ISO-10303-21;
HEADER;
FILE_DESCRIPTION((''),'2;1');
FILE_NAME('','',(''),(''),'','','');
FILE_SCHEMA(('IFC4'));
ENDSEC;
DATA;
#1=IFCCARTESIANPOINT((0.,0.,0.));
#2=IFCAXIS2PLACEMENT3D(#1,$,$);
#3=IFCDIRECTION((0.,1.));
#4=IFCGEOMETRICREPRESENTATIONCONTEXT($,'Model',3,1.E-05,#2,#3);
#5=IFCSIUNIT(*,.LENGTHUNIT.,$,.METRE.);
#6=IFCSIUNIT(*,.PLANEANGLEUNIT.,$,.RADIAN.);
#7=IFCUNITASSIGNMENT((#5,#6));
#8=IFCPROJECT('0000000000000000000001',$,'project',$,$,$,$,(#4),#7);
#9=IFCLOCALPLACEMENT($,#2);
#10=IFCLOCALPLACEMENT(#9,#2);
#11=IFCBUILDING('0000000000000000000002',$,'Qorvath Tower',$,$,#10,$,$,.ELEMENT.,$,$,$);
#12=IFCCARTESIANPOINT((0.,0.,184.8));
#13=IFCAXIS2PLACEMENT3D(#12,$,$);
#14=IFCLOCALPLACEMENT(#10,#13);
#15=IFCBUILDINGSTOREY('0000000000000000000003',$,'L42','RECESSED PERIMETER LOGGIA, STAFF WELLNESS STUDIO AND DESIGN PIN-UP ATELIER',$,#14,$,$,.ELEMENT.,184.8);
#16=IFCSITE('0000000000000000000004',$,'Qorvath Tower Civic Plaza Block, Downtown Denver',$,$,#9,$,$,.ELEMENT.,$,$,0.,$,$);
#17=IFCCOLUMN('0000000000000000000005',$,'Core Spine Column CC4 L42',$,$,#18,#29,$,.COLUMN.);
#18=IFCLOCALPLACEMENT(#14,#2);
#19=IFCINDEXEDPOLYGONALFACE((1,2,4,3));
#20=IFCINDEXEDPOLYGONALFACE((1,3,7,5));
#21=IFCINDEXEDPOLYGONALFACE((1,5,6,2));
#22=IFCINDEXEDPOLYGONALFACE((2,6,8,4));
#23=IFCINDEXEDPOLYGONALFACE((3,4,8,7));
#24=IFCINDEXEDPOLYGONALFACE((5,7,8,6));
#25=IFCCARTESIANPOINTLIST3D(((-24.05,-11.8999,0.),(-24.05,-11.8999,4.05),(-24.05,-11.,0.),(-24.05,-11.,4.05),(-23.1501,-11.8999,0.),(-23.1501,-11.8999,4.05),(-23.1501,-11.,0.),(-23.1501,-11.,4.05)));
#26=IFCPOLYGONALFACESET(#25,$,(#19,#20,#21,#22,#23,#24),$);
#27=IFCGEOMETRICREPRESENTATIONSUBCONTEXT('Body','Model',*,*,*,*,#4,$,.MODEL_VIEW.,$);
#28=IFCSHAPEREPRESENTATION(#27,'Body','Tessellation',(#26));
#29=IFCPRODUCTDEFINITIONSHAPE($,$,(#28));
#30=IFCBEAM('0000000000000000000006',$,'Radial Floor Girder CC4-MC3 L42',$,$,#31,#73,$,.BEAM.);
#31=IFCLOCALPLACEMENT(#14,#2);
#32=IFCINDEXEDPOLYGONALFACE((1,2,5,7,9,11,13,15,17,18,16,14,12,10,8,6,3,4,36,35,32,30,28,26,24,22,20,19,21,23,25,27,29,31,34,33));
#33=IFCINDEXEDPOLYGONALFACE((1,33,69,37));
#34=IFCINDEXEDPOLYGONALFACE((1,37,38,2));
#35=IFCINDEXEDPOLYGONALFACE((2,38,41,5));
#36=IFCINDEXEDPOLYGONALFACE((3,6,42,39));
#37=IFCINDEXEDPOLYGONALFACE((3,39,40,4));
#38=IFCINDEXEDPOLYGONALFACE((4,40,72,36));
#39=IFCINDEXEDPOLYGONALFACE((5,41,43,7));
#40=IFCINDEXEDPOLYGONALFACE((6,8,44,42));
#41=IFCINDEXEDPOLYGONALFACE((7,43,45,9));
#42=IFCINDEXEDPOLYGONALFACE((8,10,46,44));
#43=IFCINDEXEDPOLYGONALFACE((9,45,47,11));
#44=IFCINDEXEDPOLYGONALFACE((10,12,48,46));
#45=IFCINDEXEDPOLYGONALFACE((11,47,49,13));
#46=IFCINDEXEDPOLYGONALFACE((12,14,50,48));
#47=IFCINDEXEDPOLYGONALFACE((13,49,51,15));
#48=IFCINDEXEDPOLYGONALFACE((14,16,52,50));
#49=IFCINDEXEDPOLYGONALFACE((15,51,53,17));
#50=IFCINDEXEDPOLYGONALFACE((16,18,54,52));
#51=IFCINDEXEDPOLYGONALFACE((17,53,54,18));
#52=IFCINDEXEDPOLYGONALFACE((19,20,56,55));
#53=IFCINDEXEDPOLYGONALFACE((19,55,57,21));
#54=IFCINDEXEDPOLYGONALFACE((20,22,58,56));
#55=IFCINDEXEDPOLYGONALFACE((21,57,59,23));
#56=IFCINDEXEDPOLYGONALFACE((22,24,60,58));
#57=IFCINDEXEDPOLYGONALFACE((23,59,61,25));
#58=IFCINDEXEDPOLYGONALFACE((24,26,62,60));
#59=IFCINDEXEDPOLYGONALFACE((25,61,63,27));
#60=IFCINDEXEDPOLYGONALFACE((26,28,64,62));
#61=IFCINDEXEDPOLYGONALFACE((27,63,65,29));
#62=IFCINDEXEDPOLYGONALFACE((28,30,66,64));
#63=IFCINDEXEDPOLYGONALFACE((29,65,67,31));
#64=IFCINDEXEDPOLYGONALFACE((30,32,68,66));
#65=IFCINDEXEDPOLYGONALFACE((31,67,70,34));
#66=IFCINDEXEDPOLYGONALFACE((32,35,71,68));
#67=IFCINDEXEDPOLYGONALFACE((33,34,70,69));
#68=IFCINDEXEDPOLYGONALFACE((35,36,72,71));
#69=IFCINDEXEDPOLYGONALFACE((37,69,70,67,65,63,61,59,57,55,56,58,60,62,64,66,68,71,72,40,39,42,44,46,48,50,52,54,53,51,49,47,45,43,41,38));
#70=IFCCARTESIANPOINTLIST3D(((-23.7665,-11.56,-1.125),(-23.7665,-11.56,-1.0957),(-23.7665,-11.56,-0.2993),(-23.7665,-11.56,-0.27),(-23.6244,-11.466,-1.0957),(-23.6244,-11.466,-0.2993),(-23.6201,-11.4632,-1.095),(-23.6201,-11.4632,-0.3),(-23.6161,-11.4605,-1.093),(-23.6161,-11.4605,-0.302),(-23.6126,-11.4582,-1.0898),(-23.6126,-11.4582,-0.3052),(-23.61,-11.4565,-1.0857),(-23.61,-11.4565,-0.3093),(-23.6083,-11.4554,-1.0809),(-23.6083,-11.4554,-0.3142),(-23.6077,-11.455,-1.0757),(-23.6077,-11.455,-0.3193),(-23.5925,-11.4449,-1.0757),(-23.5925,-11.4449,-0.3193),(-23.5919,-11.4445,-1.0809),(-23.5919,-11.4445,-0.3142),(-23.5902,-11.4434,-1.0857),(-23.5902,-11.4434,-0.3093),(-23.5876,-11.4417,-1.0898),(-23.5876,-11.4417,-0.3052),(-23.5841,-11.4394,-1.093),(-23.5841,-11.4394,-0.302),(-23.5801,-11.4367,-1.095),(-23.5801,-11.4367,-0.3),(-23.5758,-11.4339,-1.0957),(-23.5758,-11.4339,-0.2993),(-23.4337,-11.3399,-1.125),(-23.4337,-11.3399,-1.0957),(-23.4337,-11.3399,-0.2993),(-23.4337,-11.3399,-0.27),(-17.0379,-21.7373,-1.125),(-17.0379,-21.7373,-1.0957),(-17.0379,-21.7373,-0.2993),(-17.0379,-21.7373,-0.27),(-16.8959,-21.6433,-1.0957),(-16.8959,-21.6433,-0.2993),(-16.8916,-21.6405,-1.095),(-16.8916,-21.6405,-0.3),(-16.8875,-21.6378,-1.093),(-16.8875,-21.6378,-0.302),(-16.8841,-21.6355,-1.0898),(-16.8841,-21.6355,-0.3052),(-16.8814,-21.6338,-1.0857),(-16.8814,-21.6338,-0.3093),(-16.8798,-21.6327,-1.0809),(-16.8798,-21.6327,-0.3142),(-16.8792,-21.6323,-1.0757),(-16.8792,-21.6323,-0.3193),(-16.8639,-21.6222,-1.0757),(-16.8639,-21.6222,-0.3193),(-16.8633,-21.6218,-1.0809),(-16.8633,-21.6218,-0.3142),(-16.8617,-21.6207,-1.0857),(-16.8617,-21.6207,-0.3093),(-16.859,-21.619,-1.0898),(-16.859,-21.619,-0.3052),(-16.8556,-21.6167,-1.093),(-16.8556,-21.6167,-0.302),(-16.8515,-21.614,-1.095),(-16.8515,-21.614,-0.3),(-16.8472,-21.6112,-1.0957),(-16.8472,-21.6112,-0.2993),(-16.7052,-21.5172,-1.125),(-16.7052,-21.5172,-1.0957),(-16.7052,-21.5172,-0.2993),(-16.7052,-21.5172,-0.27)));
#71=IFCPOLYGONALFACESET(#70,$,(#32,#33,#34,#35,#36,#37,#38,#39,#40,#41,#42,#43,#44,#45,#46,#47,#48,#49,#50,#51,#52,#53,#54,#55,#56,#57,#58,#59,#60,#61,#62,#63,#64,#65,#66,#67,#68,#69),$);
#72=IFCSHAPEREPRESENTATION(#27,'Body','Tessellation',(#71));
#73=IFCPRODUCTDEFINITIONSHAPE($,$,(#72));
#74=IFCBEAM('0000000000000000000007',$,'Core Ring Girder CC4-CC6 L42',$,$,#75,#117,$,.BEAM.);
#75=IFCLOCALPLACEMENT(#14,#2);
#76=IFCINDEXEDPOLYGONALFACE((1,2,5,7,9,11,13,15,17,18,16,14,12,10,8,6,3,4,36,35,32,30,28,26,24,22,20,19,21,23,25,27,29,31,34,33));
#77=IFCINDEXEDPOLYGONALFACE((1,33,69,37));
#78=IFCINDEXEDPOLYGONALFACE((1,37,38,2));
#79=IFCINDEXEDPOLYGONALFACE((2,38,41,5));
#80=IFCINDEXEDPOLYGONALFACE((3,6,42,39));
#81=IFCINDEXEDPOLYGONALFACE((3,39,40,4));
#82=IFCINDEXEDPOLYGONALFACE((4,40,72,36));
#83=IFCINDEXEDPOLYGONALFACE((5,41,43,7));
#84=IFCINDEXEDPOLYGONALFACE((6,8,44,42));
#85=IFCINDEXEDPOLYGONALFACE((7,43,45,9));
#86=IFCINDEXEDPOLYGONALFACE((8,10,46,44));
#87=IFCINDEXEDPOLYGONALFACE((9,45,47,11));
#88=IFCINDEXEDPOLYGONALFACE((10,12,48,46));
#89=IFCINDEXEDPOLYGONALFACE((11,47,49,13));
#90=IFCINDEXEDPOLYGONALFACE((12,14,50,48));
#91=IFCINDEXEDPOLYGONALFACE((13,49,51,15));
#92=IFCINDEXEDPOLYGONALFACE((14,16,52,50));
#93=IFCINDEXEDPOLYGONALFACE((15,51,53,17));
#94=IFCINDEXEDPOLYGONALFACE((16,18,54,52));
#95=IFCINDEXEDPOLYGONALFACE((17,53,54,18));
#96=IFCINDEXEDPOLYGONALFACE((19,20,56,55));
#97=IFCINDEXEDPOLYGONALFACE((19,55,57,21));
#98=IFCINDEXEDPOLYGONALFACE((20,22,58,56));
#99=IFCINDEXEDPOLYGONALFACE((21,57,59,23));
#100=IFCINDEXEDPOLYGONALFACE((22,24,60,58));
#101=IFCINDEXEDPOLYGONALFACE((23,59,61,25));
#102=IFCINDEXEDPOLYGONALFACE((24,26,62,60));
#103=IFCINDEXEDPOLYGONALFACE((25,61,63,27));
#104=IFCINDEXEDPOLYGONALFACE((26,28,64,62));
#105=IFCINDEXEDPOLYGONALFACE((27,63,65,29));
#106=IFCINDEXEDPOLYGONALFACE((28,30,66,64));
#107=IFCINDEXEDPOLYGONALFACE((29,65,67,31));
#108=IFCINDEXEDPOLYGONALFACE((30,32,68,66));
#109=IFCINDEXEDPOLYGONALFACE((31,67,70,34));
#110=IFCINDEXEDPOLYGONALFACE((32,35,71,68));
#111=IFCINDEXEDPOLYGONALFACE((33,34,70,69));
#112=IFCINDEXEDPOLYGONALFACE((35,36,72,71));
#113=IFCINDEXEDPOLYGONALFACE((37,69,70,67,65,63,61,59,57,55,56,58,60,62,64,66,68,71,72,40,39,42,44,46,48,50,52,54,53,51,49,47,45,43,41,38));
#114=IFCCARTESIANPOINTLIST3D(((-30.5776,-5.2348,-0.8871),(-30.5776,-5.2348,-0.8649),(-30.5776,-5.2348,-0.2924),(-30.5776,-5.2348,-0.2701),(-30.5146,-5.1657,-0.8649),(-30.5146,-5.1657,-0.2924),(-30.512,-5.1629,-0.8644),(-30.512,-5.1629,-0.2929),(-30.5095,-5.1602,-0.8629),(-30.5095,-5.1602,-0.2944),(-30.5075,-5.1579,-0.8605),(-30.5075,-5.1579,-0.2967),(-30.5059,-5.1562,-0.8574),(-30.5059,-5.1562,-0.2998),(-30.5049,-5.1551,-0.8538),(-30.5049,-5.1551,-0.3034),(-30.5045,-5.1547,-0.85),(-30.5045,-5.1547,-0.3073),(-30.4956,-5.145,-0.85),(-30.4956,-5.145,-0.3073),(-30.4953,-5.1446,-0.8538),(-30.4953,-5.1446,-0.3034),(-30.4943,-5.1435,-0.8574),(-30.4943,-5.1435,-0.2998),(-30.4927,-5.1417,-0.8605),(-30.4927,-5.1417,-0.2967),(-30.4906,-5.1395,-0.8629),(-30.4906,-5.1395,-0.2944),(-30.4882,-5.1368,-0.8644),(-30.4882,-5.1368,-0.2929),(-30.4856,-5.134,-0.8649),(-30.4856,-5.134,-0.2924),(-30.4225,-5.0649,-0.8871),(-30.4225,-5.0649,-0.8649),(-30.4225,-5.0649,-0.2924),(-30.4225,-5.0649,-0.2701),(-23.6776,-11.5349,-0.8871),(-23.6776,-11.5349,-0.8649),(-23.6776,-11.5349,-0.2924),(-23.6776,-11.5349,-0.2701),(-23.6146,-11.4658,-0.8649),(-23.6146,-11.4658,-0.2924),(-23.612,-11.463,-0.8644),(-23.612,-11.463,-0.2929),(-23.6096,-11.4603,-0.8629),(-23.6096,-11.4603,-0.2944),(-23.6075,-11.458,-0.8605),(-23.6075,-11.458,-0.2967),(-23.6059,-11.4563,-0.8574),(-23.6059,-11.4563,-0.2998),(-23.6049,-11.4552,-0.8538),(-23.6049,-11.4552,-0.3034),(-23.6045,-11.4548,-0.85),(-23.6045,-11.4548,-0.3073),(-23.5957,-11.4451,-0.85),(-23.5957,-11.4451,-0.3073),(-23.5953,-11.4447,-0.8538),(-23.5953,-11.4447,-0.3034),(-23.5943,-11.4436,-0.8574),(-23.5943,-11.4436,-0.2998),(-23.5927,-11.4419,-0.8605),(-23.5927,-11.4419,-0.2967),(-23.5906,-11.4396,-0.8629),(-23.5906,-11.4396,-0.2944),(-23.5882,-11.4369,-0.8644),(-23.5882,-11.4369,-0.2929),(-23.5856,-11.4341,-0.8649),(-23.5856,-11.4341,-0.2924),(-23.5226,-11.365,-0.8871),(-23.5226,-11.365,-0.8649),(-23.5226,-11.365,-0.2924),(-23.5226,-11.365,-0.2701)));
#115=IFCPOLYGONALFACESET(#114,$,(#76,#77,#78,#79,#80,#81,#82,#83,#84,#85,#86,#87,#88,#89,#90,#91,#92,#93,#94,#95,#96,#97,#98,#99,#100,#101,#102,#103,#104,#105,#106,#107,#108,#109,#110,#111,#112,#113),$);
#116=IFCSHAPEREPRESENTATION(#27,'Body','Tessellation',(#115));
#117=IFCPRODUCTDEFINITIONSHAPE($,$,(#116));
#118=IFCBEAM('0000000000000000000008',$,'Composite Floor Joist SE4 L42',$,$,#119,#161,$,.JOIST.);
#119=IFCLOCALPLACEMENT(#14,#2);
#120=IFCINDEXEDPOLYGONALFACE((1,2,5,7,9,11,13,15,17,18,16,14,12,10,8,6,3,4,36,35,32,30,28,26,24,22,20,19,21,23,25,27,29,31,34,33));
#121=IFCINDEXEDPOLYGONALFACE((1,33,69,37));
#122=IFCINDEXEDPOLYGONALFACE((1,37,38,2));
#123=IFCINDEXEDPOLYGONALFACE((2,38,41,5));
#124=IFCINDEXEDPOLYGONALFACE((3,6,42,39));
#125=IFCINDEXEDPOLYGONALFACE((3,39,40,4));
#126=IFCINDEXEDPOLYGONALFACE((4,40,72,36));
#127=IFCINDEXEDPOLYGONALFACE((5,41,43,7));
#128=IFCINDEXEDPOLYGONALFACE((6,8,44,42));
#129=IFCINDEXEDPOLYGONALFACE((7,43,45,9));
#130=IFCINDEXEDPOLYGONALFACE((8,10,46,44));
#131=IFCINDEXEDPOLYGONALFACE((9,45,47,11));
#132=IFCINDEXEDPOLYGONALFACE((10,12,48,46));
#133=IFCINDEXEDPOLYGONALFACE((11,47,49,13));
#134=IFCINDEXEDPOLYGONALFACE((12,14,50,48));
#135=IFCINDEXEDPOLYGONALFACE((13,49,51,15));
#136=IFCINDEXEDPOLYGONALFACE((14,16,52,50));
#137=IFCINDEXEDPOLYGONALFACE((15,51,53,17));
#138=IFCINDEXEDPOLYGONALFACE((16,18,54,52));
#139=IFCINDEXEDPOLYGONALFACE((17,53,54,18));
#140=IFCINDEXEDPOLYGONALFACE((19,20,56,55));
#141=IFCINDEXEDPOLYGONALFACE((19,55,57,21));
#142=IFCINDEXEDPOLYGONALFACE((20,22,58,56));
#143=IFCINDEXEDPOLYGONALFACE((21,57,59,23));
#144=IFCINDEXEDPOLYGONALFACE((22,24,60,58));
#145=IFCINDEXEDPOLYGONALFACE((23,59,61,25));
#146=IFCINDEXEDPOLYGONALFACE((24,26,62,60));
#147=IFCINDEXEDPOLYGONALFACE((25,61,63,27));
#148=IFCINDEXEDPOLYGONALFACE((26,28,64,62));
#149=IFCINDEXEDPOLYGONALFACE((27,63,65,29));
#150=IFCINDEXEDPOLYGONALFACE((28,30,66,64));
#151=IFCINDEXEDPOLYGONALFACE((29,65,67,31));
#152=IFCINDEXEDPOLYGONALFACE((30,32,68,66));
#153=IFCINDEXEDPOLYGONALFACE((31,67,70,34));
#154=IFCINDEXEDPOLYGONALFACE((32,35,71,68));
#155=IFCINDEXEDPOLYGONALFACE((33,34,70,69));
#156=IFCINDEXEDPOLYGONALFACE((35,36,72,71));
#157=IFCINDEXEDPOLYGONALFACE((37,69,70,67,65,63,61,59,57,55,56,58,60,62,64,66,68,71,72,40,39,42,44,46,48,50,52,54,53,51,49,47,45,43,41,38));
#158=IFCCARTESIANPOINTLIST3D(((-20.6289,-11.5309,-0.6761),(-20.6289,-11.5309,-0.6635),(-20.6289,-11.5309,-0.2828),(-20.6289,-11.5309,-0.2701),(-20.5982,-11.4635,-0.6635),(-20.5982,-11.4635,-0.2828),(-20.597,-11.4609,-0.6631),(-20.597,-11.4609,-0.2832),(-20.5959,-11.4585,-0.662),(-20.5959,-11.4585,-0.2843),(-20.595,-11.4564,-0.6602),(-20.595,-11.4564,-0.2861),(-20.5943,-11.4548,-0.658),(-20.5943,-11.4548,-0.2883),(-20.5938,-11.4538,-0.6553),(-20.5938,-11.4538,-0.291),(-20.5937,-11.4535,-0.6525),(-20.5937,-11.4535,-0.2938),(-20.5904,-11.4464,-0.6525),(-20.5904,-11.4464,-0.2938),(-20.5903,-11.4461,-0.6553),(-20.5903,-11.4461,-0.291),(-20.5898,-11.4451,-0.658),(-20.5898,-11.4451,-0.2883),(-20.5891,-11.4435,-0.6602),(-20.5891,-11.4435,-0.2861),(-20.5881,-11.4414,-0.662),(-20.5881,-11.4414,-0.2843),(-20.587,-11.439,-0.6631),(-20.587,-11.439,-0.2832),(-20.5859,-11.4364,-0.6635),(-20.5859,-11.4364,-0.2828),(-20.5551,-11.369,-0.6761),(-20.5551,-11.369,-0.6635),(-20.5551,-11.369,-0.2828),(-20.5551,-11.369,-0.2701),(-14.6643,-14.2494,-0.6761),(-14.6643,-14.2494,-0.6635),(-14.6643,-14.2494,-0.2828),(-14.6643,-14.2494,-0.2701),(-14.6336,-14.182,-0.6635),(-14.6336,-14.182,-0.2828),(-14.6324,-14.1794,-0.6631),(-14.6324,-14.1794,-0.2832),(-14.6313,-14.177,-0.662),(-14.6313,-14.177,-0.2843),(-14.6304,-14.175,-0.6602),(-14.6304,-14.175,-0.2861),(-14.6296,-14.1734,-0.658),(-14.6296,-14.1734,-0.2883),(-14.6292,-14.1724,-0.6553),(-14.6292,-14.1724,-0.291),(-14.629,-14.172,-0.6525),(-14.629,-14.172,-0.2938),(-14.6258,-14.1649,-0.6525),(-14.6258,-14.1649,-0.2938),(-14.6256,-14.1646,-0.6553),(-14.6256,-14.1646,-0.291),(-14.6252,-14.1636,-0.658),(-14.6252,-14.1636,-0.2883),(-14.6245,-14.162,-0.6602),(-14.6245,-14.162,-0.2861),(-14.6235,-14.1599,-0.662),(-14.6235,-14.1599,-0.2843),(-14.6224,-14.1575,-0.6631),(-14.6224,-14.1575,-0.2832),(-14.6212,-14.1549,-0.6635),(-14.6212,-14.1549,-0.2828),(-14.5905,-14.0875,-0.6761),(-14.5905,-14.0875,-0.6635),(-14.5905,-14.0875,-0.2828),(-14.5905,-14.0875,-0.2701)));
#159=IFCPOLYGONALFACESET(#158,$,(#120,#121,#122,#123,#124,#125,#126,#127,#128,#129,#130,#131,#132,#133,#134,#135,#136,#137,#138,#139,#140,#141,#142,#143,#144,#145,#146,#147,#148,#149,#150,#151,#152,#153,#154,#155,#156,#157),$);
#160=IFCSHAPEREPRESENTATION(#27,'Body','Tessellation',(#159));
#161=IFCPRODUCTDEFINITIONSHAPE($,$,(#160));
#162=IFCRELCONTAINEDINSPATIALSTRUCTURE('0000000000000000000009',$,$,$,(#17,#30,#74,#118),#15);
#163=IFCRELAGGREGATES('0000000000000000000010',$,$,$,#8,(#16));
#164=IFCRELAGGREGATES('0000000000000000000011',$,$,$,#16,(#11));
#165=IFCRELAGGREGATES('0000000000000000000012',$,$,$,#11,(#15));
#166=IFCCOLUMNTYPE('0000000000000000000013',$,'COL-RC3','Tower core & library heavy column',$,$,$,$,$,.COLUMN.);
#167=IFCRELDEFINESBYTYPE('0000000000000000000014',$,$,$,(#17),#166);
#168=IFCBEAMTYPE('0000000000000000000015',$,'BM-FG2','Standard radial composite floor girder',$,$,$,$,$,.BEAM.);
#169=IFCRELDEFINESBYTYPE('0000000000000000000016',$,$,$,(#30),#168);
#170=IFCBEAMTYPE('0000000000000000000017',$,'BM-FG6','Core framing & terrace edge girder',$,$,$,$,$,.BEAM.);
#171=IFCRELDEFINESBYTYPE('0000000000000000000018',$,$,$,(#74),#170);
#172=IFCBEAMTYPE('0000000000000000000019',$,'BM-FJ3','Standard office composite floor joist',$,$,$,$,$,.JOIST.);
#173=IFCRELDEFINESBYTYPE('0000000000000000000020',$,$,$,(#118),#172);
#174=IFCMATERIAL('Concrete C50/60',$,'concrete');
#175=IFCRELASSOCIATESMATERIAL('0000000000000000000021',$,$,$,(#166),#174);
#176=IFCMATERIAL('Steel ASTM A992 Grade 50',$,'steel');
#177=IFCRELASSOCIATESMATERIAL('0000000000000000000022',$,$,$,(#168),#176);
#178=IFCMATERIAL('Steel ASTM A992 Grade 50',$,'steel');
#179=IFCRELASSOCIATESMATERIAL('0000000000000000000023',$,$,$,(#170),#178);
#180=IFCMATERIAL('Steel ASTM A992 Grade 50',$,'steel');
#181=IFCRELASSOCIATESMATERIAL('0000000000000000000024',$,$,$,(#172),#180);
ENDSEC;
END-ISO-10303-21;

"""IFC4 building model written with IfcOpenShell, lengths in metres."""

from ifc_helpers import new_model, si_unit, direction, frame, origin, origin_2d, place, context, subcontext, project, spatial, rectangle, i_section, extrude, material, material_profile, profile_set, type_object, element, save


model = new_model("IFC4")

# Units and contexts
model_context = context("Model", 3, precision=1e-05, world=origin(), true_north=direction((0.0, 1.0)))
body_context = subcontext(model_context, "Body", "Model", "MODEL_VIEW")
ifc_project = project(units=[si_unit("LENGTHUNIT", "METRE"), si_unit("PLANEANGLEUNIT", "RADIAN")], contexts=[model_context])

# Site, building, storey
site_placement = place(None, origin())
site = spatial("IfcSite", under=ifc_project, at=site_placement, Name="Qorvath Tower Civic Plaza Block, Downtown Denver", CompositionType="ELEMENT", RefElevation=0.0)
building_placement = place(site_placement, origin())
building = spatial("IfcBuilding", under=site, at=building_placement, Name="Qorvath Tower", CompositionType="ELEMENT")
storey_placement = place(building_placement, frame((0.0, 0.0, 184.8)))
storey = spatial("IfcBuildingStorey", under=building, at=storey_placement, Name="L42", Description="RECESSED PERIMETER LOGGIA, STAFF WELLNESS STUDIO AND DESIGN PIN-UP ATELIER", CompositionType="ELEMENT", Elevation=184.8)

# Column
ifc_material_1 = material(Name="Concrete C50/60", Category="concrete")
ifc_material_profile_1 = material_profile(ifc_material_1, rectangle(XDim=0.8999, YDim=0.8999, at=origin_2d()), Name="RC 900x900")
ifc_profile_set_1 = profile_set([ifc_material_profile_1], Name="Concrete C50/60")
column_type = type_object("IfcColumnType", Name="COL-RC3", Description="Tower core & library heavy column", PredefinedType="COLUMN", material=ifc_profile_set_1)
column_placement = place(storey_placement, frame((-23.6001, -11.45, 0.0), z_axis=(0.0, 0.0, 1.0), x_axis=(1.0, 0.0, 0.0)))
element("IfcColumn", 1, at=column_placement, inside=storey, type_object=column_type, Name="Core Spine Column CC4 L42", PredefinedType="COLUMN", context=body_context, shape_type="SweptSolid", body=[
    extrude(rectangle(XDim=0.8999, YDim=0.8999, at=origin_2d()), origin(), (0.0, 0.0, 1.0), 4.05),
])

# Beams
ifc_material_2 = material(Name="Steel ASTM A992 Grade 50", Category="steel")
ifc_material_profile_2 = material_profile(ifc_material_2, i_section(OverallWidth=0.3989, OverallDepth=0.855, WebThickness=0.0183, FlangeThickness=0.0293, FilletRadius=0.02, at=origin_2d()), Name="W33x201")
ifc_profile_set_2 = profile_set([ifc_material_profile_2], Name="Steel ASTM A992 Grade 50")
beam_type_1 = type_object("IfcBeamType", Name="BM-FG2", Description="Standard radial composite floor girder", PredefinedType="BEAM", material=ifc_profile_set_2)
beam_1_placement = place(storey_placement, frame((-23.6001, -11.45, -0.6975), z_axis=(0.551501, -0.834175, 0.0), x_axis=(0.834175, 0.551501, 0.0)))
element("IfcBeam", 2, at=beam_1_placement, inside=storey, type_object=beam_type_1, Name="Radial Floor Girder CC4-MC3 L42", PredefinedType="BEAM", context=body_context, shape_type="SweptSolid", body=[
    extrude(i_section(OverallWidth=0.3989, OverallDepth=0.855, WebThickness=0.0183, FlangeThickness=0.0293, FilletRadius=0.02, at=origin_2d()), origin(), (0.0, 0.0, 1.0), 12.2004),
])
ifc_material_3 = material(Name="Steel ASTM A992 Grade 50", Category="steel")
ifc_material_profile_3 = material_profile(ifc_material_3, i_section(OverallWidth=0.23, OverallDepth=0.6169, WebThickness=0.0132, FlangeThickness=0.0222, FilletRadius=0.0149, at=origin_2d()), Name="W24x94")
ifc_profile_set_3 = profile_set([ifc_material_profile_3], Name="Steel ASTM A992 Grade 50")
beam_type_2 = type_object("IfcBeamType", Name="BM-FG6", Description="Core framing & terrace edge girder", PredefinedType="BEAM", material=ifc_profile_set_3)
beam_2_placement = place(storey_placement, frame((-23.6001, -11.45, -0.5786), z_axis=(-0.738478, 0.674277, 0.0), x_axis=(-0.674277, -0.738478, 0.0)))
element("IfcBeam", 3, at=beam_2_placement, inside=storey, type_object=beam_type_2, Name="Core Ring Girder CC4-CC6 L42", PredefinedType="BEAM", context=body_context, shape_type="SweptSolid", body=[
    extrude(i_section(OverallWidth=0.23, OverallDepth=0.6169, WebThickness=0.0132, FlangeThickness=0.0222, FilletRadius=0.0149, at=origin_2d()), origin(), (0.0, 0.0, 1.0), 9.3435),
])
ifc_material_4 = material(Name="Steel ASTM A992 Grade 50", Category="steel")
ifc_material_profile_4 = material_profile(ifc_material_4, i_section(OverallWidth=0.178, OverallDepth=0.406, WebThickness=0.0078, FlangeThickness=0.0127, FilletRadius=0.011, at=origin_2d()), Name="W16x40")
ifc_profile_set_4 = profile_set([ifc_material_profile_4], Name="Steel ASTM A992 Grade 50")
beam_type_3 = type_object("IfcBeamType", Name="BM-FJ3", Description="Standard office composite floor joist", PredefinedType="JOIST", material=ifc_profile_set_4)
beam_3_placement = place(storey_placement, frame((-20.592, -11.45, -0.4731), z_axis=(0.909945, -0.414729, 0.0), x_axis=(0.414729, 0.909945, 0.0)))
element("IfcBeam", 4, at=beam_3_placement, inside=storey, type_object=beam_type_3, Name="Composite Floor Joist SE4 L42", PredefinedType="JOIST", context=body_context, shape_type="SweptSolid", body=[
    extrude(i_section(OverallWidth=0.178, OverallDepth=0.406, WebThickness=0.0078, FlangeThickness=0.0127, FilletRadius=0.011, at=origin_2d()), origin(), (0.0, 0.0, 1.0), 6.5549),
])

save(model, "model.ifc")
